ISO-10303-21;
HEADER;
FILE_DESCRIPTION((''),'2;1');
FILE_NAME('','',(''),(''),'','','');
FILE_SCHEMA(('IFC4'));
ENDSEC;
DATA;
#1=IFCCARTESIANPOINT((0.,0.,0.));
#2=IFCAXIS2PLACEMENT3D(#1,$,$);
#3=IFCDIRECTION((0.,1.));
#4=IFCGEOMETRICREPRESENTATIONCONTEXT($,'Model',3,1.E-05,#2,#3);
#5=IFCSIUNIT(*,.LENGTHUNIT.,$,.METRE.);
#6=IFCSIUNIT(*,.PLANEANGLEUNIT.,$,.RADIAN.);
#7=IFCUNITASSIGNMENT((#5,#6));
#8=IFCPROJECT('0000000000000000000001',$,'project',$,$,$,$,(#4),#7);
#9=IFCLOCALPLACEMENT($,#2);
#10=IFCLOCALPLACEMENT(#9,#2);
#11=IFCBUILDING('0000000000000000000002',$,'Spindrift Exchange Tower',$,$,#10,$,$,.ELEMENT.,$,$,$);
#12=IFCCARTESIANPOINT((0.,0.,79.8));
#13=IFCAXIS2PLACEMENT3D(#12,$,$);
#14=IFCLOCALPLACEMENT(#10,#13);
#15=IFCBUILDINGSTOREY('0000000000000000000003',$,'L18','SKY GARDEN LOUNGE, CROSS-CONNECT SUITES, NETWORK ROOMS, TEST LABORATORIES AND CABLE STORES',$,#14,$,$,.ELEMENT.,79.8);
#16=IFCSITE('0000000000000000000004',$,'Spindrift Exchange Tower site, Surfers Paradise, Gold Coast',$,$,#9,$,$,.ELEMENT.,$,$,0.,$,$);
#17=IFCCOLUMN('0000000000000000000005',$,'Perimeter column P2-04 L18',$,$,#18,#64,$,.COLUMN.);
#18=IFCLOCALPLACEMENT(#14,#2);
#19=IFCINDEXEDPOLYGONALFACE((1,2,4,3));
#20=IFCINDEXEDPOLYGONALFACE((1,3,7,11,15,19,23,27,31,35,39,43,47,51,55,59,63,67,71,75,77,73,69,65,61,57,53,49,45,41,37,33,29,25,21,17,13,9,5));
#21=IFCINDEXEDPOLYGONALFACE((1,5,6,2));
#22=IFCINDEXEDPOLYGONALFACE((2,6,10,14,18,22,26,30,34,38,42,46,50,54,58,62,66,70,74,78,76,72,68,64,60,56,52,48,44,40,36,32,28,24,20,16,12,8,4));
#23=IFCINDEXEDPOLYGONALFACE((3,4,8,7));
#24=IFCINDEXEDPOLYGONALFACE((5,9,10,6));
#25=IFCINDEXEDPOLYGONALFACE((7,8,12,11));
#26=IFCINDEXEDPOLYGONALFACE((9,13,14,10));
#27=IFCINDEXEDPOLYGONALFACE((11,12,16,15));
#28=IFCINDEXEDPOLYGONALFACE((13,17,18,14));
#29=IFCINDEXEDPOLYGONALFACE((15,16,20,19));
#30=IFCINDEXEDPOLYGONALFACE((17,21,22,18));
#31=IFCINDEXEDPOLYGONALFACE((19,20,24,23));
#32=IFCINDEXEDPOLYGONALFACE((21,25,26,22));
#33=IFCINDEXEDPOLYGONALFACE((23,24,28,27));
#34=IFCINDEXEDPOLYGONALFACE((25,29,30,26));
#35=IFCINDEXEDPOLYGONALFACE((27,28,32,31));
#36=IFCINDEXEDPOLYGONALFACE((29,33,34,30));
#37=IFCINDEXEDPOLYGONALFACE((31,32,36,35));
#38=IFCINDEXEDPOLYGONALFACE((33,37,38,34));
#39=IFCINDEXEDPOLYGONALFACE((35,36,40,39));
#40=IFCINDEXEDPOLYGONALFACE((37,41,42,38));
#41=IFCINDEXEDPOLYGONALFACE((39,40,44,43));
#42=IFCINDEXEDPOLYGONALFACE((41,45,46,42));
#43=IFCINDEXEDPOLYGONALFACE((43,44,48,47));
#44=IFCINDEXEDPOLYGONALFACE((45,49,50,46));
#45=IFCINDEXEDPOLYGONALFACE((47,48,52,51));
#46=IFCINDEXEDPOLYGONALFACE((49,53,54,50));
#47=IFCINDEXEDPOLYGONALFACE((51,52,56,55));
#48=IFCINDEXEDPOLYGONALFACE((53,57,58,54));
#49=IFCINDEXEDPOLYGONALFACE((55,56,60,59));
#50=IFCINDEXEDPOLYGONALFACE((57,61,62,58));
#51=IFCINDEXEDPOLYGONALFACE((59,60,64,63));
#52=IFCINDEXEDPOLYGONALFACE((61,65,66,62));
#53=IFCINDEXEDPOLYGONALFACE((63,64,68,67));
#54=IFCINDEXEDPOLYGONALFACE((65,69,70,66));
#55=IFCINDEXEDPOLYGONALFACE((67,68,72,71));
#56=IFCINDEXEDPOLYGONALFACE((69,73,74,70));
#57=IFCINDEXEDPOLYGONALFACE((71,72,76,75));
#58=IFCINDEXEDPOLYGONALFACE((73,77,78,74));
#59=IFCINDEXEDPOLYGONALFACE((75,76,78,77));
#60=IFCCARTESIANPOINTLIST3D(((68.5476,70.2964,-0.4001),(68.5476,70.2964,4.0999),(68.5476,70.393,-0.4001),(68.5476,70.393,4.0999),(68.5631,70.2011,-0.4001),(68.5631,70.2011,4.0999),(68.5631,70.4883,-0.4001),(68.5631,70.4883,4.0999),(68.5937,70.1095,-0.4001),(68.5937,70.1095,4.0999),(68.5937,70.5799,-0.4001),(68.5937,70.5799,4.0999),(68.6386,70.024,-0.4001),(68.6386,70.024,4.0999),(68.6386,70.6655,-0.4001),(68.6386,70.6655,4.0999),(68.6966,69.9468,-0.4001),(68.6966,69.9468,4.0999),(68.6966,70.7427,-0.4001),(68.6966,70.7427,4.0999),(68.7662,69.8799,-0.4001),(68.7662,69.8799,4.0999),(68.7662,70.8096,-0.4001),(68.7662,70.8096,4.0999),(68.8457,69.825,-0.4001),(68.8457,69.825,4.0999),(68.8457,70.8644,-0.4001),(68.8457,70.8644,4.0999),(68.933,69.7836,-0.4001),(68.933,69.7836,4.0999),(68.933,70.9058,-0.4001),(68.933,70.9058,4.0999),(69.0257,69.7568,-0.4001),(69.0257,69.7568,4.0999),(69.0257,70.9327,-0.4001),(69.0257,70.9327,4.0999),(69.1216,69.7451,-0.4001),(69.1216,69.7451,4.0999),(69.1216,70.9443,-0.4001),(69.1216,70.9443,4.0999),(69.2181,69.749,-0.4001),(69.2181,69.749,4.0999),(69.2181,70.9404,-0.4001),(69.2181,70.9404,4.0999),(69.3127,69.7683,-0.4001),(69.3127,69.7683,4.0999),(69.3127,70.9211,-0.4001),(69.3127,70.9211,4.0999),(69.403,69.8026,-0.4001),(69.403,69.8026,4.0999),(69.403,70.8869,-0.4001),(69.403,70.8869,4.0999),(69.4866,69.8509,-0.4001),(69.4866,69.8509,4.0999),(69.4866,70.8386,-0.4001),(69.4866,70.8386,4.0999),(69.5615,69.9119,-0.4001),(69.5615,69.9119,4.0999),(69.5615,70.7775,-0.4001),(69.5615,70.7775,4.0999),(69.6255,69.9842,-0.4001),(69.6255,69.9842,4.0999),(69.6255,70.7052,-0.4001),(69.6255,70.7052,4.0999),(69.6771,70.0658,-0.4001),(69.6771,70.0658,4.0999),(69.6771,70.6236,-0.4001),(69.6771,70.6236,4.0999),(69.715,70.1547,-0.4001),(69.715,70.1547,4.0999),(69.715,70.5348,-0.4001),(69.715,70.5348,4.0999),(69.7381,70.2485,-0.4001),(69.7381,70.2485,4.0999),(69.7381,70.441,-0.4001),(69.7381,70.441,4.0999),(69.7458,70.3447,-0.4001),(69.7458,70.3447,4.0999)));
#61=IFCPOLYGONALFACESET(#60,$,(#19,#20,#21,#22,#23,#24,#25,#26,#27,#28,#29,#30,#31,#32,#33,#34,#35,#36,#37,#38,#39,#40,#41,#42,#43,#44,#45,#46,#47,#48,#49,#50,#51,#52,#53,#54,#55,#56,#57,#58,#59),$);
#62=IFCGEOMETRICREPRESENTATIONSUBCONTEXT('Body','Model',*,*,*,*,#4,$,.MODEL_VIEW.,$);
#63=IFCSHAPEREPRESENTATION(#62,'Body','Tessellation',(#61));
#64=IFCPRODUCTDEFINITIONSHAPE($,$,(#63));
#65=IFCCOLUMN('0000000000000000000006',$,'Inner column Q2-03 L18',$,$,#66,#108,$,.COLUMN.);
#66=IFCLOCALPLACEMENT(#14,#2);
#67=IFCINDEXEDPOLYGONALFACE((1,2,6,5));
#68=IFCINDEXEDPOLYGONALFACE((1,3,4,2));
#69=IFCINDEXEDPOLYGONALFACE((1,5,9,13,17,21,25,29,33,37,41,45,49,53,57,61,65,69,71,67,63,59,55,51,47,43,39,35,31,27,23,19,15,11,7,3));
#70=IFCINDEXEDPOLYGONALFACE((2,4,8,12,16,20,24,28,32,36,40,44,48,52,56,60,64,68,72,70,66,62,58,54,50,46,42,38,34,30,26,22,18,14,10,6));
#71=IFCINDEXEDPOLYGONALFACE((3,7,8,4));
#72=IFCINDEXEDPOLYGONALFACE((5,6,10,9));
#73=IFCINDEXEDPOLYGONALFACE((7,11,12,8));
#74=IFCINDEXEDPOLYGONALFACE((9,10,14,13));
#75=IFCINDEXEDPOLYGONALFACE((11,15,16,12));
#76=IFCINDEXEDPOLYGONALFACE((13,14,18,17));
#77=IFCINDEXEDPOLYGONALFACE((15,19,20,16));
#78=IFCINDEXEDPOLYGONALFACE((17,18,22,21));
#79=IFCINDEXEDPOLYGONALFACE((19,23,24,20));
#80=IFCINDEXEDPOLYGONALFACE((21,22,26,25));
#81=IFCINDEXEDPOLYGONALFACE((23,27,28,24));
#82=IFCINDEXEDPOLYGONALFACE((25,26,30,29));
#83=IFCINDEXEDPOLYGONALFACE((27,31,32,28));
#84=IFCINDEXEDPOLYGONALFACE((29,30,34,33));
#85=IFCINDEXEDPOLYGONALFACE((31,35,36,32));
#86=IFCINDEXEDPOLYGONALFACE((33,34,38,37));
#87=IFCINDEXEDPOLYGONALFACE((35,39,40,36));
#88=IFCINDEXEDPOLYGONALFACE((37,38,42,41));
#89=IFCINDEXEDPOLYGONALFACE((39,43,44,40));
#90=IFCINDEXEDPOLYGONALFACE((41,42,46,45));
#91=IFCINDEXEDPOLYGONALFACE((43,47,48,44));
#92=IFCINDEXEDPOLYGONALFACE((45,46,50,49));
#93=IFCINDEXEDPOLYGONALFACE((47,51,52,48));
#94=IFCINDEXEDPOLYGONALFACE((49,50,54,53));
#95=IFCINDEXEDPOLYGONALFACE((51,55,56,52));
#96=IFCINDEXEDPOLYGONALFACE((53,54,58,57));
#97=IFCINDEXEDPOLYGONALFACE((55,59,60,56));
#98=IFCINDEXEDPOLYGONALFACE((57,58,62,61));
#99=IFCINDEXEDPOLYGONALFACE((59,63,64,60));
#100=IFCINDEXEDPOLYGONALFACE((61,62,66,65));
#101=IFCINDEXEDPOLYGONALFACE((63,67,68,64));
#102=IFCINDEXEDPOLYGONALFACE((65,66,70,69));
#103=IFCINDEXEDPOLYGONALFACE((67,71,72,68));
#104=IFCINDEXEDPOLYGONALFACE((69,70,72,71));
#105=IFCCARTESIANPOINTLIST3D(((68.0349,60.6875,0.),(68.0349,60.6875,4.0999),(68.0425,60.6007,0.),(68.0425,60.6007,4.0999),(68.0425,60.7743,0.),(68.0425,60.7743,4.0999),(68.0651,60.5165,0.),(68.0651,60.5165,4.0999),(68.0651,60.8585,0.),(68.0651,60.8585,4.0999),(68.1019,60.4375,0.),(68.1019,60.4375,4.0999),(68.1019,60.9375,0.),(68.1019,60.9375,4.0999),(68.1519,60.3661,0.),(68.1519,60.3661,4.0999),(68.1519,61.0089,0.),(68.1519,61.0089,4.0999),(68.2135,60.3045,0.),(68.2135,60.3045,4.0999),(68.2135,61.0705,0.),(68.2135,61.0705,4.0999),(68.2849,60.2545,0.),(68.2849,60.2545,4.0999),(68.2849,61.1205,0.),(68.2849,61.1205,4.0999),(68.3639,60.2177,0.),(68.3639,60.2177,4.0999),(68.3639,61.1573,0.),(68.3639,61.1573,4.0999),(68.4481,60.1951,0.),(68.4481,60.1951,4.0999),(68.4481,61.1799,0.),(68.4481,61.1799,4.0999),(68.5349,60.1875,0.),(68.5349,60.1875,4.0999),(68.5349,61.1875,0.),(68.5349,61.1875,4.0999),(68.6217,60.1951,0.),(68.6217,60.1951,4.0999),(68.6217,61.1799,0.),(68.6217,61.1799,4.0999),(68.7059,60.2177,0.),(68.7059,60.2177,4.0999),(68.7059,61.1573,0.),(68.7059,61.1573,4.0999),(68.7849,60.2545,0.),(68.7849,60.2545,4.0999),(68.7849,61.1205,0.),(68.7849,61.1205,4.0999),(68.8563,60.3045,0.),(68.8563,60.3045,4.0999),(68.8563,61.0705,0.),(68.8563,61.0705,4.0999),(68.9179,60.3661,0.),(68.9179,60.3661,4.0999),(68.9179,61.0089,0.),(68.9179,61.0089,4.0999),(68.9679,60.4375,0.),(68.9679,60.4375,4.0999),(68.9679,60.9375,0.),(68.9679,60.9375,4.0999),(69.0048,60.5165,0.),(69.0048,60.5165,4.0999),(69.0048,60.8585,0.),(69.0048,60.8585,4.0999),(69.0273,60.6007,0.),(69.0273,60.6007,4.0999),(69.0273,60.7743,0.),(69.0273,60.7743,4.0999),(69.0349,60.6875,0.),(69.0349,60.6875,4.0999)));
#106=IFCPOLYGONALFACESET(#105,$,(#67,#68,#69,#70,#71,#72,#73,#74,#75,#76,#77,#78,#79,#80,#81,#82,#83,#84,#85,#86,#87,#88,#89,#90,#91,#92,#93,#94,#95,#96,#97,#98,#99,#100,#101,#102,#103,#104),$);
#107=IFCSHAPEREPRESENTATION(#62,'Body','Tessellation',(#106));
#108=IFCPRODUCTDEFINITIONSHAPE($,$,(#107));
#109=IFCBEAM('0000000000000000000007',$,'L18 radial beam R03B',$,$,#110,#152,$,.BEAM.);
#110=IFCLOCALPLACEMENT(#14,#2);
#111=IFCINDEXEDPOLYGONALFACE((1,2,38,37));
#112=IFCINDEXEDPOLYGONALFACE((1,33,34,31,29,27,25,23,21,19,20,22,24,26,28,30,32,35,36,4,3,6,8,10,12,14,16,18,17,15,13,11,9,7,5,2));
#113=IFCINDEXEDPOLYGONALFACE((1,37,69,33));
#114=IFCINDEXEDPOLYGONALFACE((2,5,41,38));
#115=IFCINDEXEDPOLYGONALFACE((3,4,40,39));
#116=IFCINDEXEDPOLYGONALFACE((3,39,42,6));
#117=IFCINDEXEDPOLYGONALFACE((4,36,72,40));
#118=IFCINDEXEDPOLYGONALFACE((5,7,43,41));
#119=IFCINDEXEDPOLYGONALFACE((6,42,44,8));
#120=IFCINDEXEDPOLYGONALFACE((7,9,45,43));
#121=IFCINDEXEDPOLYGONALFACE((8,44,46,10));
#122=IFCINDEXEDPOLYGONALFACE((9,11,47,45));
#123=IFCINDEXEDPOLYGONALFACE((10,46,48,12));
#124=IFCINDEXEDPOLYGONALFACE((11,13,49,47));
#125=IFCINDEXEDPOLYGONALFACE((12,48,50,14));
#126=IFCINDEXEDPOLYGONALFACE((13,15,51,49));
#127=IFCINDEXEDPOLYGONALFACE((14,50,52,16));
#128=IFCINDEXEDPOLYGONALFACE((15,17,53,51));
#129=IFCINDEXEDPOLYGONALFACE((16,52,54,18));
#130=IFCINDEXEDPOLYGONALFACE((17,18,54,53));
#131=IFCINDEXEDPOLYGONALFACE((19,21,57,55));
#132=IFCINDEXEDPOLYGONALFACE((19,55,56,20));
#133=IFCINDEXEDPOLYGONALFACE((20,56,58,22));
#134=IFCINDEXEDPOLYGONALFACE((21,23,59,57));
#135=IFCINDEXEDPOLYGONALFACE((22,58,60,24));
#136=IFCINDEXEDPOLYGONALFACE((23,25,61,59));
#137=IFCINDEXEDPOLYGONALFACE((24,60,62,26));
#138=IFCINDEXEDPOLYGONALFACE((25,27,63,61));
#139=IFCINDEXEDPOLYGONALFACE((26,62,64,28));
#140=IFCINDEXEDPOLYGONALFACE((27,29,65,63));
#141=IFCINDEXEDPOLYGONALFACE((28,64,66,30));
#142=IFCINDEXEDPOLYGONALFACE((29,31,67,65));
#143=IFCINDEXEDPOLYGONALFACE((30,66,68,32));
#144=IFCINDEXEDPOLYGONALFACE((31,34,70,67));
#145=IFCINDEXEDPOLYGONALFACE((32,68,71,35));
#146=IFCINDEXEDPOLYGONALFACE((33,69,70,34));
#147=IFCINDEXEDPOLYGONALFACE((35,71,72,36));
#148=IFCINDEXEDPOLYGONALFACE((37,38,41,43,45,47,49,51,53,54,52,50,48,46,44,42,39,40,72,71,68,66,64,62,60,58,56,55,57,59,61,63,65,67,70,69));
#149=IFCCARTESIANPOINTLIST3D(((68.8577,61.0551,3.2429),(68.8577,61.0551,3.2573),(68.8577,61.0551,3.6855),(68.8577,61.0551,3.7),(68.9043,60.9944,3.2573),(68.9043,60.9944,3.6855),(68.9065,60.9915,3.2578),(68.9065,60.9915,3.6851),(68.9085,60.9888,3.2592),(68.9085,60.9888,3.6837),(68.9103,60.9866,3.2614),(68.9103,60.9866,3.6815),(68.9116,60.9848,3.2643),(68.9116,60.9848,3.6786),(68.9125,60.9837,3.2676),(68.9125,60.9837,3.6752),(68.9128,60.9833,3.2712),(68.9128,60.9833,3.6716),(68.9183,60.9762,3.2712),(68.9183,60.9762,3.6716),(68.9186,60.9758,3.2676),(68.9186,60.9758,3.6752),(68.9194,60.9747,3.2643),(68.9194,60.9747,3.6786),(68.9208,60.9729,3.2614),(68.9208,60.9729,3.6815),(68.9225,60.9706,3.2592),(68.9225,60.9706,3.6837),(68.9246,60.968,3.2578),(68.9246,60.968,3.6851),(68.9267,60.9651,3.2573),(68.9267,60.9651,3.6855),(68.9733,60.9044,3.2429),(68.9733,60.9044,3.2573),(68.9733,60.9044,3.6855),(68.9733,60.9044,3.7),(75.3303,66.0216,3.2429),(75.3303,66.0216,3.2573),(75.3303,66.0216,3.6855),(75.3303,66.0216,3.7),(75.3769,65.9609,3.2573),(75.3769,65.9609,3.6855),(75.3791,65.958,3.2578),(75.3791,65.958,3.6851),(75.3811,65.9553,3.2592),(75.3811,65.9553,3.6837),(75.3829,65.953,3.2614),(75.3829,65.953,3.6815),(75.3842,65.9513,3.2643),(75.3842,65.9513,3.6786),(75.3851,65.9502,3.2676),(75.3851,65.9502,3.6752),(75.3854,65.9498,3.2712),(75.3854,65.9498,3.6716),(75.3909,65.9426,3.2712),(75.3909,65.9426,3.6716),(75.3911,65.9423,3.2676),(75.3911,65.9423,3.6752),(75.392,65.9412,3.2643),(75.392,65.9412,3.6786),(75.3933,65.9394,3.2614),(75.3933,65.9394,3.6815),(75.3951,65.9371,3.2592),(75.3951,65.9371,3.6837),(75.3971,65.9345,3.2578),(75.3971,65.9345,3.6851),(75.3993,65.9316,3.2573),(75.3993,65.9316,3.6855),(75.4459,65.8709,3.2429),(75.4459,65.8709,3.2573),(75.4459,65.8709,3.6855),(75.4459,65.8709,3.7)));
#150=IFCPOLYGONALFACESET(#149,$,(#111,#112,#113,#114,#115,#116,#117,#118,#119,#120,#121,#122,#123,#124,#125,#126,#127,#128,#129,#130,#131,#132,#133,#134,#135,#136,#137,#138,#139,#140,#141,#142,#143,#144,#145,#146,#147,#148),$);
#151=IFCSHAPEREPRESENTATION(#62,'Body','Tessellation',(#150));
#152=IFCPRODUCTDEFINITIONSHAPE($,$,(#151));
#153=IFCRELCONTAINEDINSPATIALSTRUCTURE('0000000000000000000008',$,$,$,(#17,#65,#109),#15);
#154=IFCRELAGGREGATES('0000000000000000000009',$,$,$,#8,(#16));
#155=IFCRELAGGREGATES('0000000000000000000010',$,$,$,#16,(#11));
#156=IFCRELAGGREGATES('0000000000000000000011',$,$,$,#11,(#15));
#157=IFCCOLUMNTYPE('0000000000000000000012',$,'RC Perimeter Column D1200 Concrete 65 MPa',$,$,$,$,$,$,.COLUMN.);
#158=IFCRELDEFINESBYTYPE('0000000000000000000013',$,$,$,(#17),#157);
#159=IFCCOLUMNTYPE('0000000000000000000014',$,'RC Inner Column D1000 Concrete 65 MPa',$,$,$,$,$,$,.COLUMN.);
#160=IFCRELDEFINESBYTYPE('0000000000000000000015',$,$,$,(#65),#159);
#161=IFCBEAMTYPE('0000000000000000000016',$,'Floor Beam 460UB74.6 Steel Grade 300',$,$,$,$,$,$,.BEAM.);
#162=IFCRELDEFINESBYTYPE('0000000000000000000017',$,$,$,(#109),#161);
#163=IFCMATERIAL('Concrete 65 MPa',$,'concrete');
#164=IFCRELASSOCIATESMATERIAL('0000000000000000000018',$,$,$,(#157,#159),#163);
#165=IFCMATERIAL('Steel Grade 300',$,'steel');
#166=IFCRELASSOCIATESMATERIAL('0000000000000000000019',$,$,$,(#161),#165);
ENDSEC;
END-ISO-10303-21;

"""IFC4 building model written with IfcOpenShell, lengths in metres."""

from ifc_helpers import new_model, si_unit, direction, frame, origin, origin_2d, place, context, subcontext, project, spatial, circle, i_section, extrude, source, transform, mapped, material, material_profile, profile_set, type_object, element, save


model = new_model("IFC4")

# Units and contexts
model_context = context("Model", 3, precision=1e-05, world=origin(), true_north=direction((0.0, 1.0)))
body_context = subcontext(model_context, "Body", "Model", "MODEL_VIEW")
ifc_project = project(units=[si_unit("LENGTHUNIT", "METRE"), si_unit("PLANEANGLEUNIT", "RADIAN")], contexts=[model_context])

# Site, building, storey
site_placement = place(None, origin())
site = spatial("IfcSite", under=ifc_project, at=site_placement, Name="Spindrift Exchange Tower site, Surfers Paradise, Gold Coast", CompositionType="ELEMENT", RefElevation=0.0)
building_placement = place(site_placement, origin())
building = spatial("IfcBuilding", under=site, at=building_placement, Name="Spindrift Exchange Tower", CompositionType="ELEMENT")
storey_placement = place(building_placement, frame((0.0, 0.0, 79.8)))
storey = spatial("IfcBuildingStorey", under=building, at=storey_placement, Name="L18", Description="SKY GARDEN LOUNGE, CROSS-CONNECT SUITES, NETWORK ROOMS, TEST LABORATORIES AND CABLE STORES", CompositionType="ELEMENT", Elevation=79.8)

# Columns
ifc_material_1 = material(Name="Concrete 65 MPa", Category="concrete")
ifc_material_profile_1 = material_profile(ifc_material_1, circle(Radius=0.6001, at=origin_2d()), Name="RC D1200")
ifc_profile_set_1 = profile_set([ifc_material_profile_1], Name="Concrete 65 MPa")
column_type_1 = type_object("IfcColumnType", Name="RC Perimeter Column D1200 Concrete 65 MPa", PredefinedType="COLUMN", material=ifc_profile_set_1)
shared_shape_1 = source(origin(), body_context, "Body", "SweptSolid", [
    extrude(circle(Radius=0.6001, at=origin_2d()), origin(), (0.0, 0.0, 1.0), 4.5),
])
column_1_placement = place(storey_placement, frame((69.1458, 70.3447, -0.4001), z_axis=(0.0, 0.0, 1.0), x_axis=(1.0, 0.0, 0.0)))
element("IfcColumn", 1, at=column_1_placement, inside=storey, type_object=column_type_1, Name="Perimeter column P2-04 L18", PredefinedType="COLUMN", context=body_context, shape_type="MappedRepresentation", body=[
    mapped(shared_shape_1, transform((0.0, 0.0, 0.0), scale=1.0)),
])
ifc_material_profile_2 = material_profile(ifc_material_1, circle(Radius=0.5, at=origin_2d()), Name="RC D1000")
ifc_profile_set_2 = profile_set([ifc_material_profile_2], Name="Concrete 65 MPa")
column_type_2 = type_object("IfcColumnType", Name="RC Inner Column D1000 Concrete 65 MPa", PredefinedType="COLUMN", material=ifc_profile_set_2)
shared_shape_2 = source(origin(), body_context, "Body", "SweptSolid", [
    extrude(circle(Radius=0.5, at=origin_2d()), origin(), (0.0, 0.0, 1.0), 4.0999),
])
column_2_placement = place(storey_placement, frame((68.5349, 60.6875, 0.0), z_axis=(0.0, 0.0, 1.0), x_axis=(1.0, 0.0, 0.0)))
element("IfcColumn", 2, at=column_2_placement, inside=storey, type_object=column_type_2, Name="Inner column Q2-03 L18", PredefinedType="COLUMN", context=body_context, shape_type="MappedRepresentation", body=[
    mapped(shared_shape_2, transform((0.0, 0.0, 0.0), scale=1.0)),
])

# Beam
ifc_material_2 = material(Name="Steel Grade 300", Category="steel")
ifc_material_profile_3 = material_profile(ifc_material_2, i_section(OverallWidth=0.1899, OverallDepth=0.457, WebThickness=0.009, FlangeThickness=0.0144, FilletRadius=0.0139, at=origin_2d()), Name="460UB74.6")
ifc_profile_set_3 = profile_set([ifc_material_profile_3], Name="Steel Grade 300")
beam_type_1 = type_object("IfcBeamType", Name="Floor Beam 460UB74.6 Steel Grade 300", PredefinedType="BEAM", material=ifc_profile_set_3)
shared_shape_3 = source(origin(), body_context, "Body", "SweptSolid", [
    extrude(i_section(OverallWidth=0.1899, OverallDepth=0.457, WebThickness=0.009, FlangeThickness=0.0144, FilletRadius=0.0139, at=origin_2d()), origin(), (0.0, 0.0, 1.0), 8.1584),
])
beam_1_placement = place(storey_placement, frame((68.9155, 60.9797, 3.4714), z_axis=(0.793359, 0.608754, 0.0), x_axis=(-0.608754, 0.793359, 0.0)))
element("IfcBeam", 3, at=beam_1_placement, inside=storey, type_object=beam_type_1, Name="L18 radial beam R03B", PredefinedType="BEAM", context=body_context, shape_type="MappedRepresentation", body=[
    mapped(shared_shape_3, transform((0.0, 0.0, 0.0), scale=1.0)),
])

save(model, "model.ifc")
